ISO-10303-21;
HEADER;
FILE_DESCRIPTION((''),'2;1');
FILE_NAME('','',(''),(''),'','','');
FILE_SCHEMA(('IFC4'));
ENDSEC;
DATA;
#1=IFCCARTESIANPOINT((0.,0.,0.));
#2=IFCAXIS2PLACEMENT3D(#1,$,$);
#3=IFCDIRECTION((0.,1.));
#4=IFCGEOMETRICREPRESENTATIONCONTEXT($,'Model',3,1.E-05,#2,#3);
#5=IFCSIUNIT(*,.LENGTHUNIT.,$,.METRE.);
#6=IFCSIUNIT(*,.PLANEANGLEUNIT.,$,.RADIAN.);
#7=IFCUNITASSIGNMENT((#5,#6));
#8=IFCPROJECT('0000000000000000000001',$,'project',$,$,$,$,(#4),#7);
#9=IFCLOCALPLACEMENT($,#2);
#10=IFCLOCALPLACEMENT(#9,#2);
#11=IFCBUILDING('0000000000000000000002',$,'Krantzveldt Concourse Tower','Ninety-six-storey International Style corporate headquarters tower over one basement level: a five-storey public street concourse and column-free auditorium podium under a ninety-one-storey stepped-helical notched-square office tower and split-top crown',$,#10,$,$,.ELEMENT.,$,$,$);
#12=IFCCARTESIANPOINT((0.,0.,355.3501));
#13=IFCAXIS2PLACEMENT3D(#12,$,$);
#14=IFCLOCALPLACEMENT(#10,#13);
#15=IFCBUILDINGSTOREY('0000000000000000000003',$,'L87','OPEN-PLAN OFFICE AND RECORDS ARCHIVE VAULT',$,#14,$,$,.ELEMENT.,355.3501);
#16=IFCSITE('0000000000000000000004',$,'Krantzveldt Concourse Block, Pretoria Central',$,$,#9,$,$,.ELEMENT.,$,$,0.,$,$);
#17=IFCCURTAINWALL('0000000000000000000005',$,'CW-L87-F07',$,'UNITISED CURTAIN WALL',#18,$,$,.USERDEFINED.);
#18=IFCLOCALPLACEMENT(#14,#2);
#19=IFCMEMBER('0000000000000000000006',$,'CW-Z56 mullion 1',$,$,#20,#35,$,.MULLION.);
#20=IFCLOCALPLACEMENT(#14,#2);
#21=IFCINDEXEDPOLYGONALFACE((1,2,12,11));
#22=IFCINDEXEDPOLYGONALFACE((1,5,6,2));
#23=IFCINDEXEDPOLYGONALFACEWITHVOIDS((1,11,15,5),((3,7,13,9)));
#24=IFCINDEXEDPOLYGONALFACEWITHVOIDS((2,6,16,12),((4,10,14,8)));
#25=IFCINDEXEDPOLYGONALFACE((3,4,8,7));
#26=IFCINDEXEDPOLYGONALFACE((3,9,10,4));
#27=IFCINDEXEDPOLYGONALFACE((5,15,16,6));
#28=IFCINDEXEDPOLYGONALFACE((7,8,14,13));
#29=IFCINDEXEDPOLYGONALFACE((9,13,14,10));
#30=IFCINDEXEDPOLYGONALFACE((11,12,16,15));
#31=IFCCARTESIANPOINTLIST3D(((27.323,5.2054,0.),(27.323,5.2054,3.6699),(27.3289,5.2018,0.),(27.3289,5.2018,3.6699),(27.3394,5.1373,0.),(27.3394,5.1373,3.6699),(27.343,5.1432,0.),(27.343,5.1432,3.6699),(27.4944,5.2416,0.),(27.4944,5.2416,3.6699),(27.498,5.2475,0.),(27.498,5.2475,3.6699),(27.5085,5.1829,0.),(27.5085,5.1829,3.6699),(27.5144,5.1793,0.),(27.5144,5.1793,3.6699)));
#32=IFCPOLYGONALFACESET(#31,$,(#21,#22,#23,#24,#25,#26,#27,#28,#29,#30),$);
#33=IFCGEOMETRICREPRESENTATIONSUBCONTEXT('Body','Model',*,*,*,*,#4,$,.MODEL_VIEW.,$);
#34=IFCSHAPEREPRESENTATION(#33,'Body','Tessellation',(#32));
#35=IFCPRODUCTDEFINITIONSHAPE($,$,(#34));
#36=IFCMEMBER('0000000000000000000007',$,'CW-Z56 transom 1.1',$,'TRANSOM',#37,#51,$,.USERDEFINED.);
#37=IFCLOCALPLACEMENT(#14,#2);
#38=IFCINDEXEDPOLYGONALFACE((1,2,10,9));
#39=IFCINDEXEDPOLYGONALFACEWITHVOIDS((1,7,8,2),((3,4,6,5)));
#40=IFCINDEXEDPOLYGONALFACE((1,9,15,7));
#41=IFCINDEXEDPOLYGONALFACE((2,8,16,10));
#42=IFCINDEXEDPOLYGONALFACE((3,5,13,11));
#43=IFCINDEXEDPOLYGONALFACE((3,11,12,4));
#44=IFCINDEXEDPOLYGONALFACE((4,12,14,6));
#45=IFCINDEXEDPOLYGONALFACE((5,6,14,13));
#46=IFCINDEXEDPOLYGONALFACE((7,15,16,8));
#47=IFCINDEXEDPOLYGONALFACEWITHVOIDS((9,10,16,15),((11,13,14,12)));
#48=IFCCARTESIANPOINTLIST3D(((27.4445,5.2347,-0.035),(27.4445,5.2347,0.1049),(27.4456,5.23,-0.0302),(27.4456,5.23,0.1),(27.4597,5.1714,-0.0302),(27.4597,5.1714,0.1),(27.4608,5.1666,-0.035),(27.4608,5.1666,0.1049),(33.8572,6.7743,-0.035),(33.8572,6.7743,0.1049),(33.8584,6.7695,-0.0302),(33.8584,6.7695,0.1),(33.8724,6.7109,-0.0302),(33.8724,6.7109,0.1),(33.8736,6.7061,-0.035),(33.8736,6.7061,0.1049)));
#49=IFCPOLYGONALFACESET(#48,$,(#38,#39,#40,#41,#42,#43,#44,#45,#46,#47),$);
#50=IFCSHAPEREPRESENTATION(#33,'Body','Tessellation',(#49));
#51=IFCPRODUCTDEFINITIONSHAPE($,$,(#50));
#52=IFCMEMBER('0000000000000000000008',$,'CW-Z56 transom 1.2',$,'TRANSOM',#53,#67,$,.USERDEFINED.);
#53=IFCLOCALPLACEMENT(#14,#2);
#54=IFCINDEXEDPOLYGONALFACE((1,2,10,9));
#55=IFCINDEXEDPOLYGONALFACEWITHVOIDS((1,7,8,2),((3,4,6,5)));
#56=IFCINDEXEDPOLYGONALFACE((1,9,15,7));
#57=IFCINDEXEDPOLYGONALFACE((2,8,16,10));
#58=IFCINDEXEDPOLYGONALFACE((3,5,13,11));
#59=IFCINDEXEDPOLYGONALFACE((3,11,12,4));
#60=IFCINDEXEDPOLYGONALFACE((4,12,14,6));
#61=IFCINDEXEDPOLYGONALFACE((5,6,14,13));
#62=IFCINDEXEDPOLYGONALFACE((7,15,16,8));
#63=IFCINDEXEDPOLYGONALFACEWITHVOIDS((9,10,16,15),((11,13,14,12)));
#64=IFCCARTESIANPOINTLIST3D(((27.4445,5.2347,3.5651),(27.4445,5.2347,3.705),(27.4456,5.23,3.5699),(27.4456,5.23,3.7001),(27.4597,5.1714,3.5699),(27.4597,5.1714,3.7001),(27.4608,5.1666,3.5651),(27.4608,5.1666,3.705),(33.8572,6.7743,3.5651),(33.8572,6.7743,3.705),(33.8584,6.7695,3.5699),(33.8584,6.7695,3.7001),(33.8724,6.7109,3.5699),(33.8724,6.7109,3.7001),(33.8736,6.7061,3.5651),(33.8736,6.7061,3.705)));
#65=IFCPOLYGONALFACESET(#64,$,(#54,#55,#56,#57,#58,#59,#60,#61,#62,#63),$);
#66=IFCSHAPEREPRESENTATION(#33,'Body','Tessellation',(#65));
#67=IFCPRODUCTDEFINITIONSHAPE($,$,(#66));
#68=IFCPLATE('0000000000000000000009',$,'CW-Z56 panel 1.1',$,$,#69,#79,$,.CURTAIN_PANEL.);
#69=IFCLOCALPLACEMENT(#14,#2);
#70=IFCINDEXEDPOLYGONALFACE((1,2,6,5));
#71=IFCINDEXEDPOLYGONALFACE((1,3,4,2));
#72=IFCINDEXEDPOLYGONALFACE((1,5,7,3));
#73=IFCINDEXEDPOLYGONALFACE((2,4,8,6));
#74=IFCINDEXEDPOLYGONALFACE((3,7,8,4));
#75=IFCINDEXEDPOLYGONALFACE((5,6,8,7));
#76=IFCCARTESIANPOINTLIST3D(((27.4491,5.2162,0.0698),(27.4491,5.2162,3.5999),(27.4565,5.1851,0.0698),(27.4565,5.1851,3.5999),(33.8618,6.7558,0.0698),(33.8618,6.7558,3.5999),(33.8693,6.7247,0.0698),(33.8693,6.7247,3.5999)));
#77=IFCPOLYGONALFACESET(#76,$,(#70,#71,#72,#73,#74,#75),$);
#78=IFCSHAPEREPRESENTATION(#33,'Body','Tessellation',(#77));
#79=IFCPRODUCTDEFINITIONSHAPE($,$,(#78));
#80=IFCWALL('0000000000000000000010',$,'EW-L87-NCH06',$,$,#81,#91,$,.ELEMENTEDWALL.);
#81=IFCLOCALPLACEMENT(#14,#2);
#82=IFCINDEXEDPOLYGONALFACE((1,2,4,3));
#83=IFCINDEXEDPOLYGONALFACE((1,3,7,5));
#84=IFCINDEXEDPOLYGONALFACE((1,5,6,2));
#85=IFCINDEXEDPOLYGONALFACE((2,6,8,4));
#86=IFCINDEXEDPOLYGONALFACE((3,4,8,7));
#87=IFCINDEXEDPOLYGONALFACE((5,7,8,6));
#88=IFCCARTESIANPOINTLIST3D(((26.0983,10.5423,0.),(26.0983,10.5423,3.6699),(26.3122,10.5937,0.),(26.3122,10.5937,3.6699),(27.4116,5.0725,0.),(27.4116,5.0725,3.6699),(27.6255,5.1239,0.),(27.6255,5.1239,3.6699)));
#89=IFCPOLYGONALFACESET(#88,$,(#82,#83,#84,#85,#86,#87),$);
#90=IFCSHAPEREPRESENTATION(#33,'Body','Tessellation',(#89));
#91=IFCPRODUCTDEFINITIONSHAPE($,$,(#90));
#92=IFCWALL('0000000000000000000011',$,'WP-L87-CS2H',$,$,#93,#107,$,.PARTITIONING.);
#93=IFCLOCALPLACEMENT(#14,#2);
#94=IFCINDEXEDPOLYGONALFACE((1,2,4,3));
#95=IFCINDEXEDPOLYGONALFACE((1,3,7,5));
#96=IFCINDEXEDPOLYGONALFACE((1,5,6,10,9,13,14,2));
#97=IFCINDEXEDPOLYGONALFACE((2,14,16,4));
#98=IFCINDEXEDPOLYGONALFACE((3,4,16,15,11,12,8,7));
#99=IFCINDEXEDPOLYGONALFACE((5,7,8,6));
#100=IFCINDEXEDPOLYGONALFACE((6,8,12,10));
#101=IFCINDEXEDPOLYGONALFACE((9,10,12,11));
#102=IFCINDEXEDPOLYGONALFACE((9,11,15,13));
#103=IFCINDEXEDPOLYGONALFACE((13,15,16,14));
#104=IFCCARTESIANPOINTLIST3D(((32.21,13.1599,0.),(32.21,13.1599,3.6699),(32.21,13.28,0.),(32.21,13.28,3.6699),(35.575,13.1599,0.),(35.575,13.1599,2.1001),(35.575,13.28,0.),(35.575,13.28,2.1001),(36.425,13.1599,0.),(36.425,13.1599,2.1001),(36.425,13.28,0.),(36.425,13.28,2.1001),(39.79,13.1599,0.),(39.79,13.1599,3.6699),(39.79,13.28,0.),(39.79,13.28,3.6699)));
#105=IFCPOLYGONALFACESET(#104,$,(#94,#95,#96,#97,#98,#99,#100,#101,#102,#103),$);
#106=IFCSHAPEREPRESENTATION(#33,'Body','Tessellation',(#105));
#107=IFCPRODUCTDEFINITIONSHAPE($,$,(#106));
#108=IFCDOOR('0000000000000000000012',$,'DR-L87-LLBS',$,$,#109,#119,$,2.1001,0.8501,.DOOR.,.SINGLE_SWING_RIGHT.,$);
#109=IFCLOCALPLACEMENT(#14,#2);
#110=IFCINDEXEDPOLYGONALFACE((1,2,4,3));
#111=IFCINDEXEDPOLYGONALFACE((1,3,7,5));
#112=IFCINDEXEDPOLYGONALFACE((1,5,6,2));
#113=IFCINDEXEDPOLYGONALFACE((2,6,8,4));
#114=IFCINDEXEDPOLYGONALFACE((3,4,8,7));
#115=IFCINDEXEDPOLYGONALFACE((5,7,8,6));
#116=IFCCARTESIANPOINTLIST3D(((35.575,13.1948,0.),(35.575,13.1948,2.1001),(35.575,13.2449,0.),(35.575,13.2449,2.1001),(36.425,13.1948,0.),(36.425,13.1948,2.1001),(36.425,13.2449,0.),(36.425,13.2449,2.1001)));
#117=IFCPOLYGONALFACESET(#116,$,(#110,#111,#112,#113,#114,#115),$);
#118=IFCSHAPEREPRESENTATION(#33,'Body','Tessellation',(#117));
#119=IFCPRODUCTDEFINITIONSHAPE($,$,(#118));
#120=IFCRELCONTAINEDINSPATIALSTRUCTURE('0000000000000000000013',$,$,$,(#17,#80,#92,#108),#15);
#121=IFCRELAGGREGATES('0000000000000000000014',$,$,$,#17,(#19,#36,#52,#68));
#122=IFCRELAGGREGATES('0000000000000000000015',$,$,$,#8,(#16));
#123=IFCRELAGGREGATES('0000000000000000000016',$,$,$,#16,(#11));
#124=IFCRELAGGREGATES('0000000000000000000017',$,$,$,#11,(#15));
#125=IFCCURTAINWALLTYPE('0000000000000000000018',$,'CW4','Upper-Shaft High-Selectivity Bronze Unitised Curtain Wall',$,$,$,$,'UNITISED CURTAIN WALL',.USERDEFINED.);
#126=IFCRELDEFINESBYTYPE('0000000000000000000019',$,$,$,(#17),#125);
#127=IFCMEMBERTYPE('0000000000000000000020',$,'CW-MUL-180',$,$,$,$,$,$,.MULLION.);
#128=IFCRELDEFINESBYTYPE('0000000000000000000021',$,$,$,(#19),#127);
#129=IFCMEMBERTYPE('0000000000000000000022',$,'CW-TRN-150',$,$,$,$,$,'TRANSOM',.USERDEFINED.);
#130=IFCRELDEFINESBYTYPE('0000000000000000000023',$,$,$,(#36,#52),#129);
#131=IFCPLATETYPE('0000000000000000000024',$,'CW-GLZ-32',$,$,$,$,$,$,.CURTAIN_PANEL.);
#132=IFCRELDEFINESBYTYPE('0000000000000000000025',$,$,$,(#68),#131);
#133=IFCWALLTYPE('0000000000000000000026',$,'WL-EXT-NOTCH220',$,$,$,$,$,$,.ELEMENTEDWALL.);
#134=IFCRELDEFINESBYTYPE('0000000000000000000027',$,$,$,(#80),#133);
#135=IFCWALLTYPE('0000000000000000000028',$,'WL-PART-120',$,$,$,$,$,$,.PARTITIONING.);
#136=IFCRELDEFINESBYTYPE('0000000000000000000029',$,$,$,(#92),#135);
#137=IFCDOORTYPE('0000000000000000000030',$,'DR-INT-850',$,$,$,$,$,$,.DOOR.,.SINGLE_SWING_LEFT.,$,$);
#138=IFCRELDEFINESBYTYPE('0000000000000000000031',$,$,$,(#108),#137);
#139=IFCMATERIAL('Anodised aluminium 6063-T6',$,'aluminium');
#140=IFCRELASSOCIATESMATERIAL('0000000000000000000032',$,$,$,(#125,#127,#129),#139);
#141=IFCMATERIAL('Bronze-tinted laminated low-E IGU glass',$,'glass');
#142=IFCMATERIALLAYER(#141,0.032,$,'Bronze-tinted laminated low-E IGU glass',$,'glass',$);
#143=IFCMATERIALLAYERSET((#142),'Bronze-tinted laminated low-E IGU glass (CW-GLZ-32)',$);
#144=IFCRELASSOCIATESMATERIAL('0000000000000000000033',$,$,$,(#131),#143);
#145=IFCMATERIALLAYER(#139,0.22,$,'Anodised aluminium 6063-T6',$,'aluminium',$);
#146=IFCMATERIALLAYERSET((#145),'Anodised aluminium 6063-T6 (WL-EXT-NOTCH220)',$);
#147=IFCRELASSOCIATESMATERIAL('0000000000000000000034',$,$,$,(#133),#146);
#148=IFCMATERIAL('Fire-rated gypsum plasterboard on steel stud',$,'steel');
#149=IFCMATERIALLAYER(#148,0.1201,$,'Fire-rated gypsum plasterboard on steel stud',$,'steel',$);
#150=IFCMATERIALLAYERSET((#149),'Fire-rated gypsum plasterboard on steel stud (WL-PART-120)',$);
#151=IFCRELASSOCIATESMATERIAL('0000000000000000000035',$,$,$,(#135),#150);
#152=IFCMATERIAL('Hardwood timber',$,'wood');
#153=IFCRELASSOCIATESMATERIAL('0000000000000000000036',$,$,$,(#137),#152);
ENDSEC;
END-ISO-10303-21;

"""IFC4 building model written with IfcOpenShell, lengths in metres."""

from ifc_helpers import new_model, si_unit, direction, frame, frame_2d, origin, origin_2d, place, context, subcontext, project, spatial, rectangle, hollow_rectangle, extrude, source, transform, mapped, material, layer, layer_set, material_profile, profile_set, type_object, type_shapes, element, fill, aggregate, save


model = new_model("IFC4")

# Units and contexts
model_context = context("Model", 3, precision=1e-05, world=origin(), true_north=direction((0.0, 1.0)))
body_context = subcontext(model_context, "Body", "Model", "MODEL_VIEW")
ifc_project = project(units=[si_unit("LENGTHUNIT", "METRE"), si_unit("PLANEANGLEUNIT", "RADIAN")], contexts=[model_context])

# Site, building, storey
site_placement = place(None, origin())
site = spatial("IfcSite", under=ifc_project, at=site_placement, Name="Krantzveldt Concourse Block, Pretoria Central", CompositionType="ELEMENT", RefElevation=0.0)
building_placement = place(site_placement, origin())
building = spatial("IfcBuilding", under=site, at=building_placement, Name="Krantzveldt Concourse Tower", Description="Ninety-six-storey International Style corporate headquarters tower over one basement level: a five-storey public street concourse and column-free auditorium podium under a ninety-one-storey stepped-helical notched-square office tower and split-top crown", CompositionType="ELEMENT")
storey_placement = place(building_placement, frame((0.0, 0.0, 355.3501)))
storey = spatial("IfcBuildingStorey", under=building, at=storey_placement, Name="L87", Description="OPEN-PLAN OFFICE AND RECORDS ARCHIVE VAULT", CompositionType="ELEMENT", Elevation=355.3501)

# Curtain wall, members, plate
ifc_material_1 = material(Name="Anodised aluminium 6063-T6", Category="aluminium")
curtain_wall_type = type_object("IfcCurtainWallType", Name="CW4", Description="Upper-Shaft High-Selectivity Bronze Unitised Curtain Wall", ElementType="UNITISED CURTAIN WALL", PredefinedType="USERDEFINED", material=ifc_material_1)
curtain_wall_placement = place(storey_placement, origin())
curtain_wall = element("IfcCurtainWall", 1, at=curtain_wall_placement, inside=storey, type_object=curtain_wall_type, Name="CW-L87-F07", ObjectType="UNITISED CURTAIN WALL", PredefinedType="USERDEFINED")
ifc_material_profile_1 = material_profile(ifc_material_1, hollow_rectangle(XDim=0.0701, YDim=0.1799, WallThickness=0.0049, at=origin_2d()), Name="Anodised aluminium 6063-T6", Category="aluminium")
ifc_profile_set_1 = profile_set([ifc_material_profile_1], Name="Anodised aluminium 6063-T6 - ALU-MULL 180x70x5")
member_type_1 = type_object("IfcMemberType", Name="CW-MUL-180", PredefinedType="MULLION", material=ifc_profile_set_1)
shared_shape_1 = source(origin(), body_context, "Body", "SweptSolid", [
    extrude(hollow_rectangle(XDim=0.0701, YDim=0.1799, WallThickness=0.0049, at=origin_2d()), origin(), (0.0, 0.0, 1.0), 3.6699),
])
type_shapes(member_type_1, [shared_shape_1])
member_1_placement = place(storey_placement, frame((27.4187, 5.1924, 0.0), z_axis=(0.0, 0.0, 1.0), x_axis=(-0.233445, 0.97237, 0.0)))
member_1 = element("IfcMember", 2, at=member_1_placement, type_object=member_type_1, Name="CW-Z56 mullion 1", PredefinedType="MULLION", context=body_context, shape_type="MappedRepresentation", body=[
    mapped(shared_shape_1, transform((0.0, 0.0, 0.0), x_axis=(1.0, 0.0, 0.0), y_axis=(0.0, 1.0, 0.0), z_axis=(0.0, 0.0, 1.0), scale=1.0)),
])
ifc_material_profile_2 = material_profile(ifc_material_1, hollow_rectangle(XDim=0.0701, YDim=0.1399, WallThickness=0.0049, at=origin_2d()), Name="Anodised aluminium 6063-T6", Category="aluminium")
ifc_profile_set_2 = profile_set([ifc_material_profile_2], Name="Anodised aluminium 6063-T6 - ALU-TRAN 140x70x5")
member_type_2 = type_object("IfcMemberType", Name="CW-TRN-150", ElementType="TRANSOM", PredefinedType="USERDEFINED", material=ifc_profile_set_2)
shared_shape_2 = source(origin(), body_context, "Body", "SweptSolid", [
    extrude(hollow_rectangle(XDim=0.0701, YDim=0.1399, WallThickness=0.0049, at=origin_2d()), origin(), (0.0, 0.0, 1.0), 6.595),
])
type_shapes(member_type_2, [shared_shape_2])
member_2_placement = place(storey_placement, frame((27.4526, 5.2007, 0.0349), z_axis=(0.972371, 0.23344, 0.0), x_axis=(-0.23344, 0.972371, 0.0)))
member_2 = element("IfcMember", 3, at=member_2_placement, type_object=member_type_2, Name="CW-Z56 transom 1.1", ObjectType="TRANSOM", PredefinedType="USERDEFINED", context=body_context, shape_type="MappedRepresentation", body=[
    mapped(shared_shape_2, transform((0.0, 0.0, 0.0), x_axis=(1.0, 0.0, 0.0), y_axis=(0.0, 1.0, 0.0), z_axis=(0.0, 0.0, 1.0), scale=1.0)),
])
member_3_placement = place(storey_placement, frame((27.4526, 5.2007, 3.635), z_axis=(0.972371, 0.23344, 0.0), x_axis=(-0.23344, 0.972371, 0.0)))
member_3 = element("IfcMember", 4, at=member_3_placement, type_object=member_type_2, Name="CW-Z56 transom 1.2", ObjectType="TRANSOM", PredefinedType="USERDEFINED", context=body_context, shape_type="MappedRepresentation", body=[
    mapped(shared_shape_2, transform((0.0, 0.0, 0.0), x_axis=(1.0, 0.0, 0.0), y_axis=(0.0, 1.0, 0.0), z_axis=(0.0, 0.0, 1.0), scale=1.0)),
])
ifc_material_2 = material(Name="Bronze-tinted laminated low-E IGU glass", Category="glass")
ifc_layer_1 = layer(ifc_material_2, 0.032, Name="Bronze-tinted laminated low-E IGU glass", Category="glass")
ifc_layer_set_1 = layer_set([ifc_layer_1], Name="Bronze-tinted laminated low-E IGU glass (CW-GLZ-32)")
plate_type = type_object("IfcPlateType", Name="CW-GLZ-32", PredefinedType="CURTAIN_PANEL", material=ifc_layer_set_1)
shared_shape_3 = source(origin(), body_context, "Body", "SweptSolid", [
    extrude(rectangle(XDim=6.595, YDim=0.032, at=origin_2d()), origin(), (0.0, 0.0, 1.0), 3.53),
])
type_shapes(plate_type, [shared_shape_3])
plate_placement = place(storey_placement, frame((30.6592, 5.9705, 0.0698), z_axis=(0.0, 0.0, 1.0), x_axis=(0.97237, 0.233445, 0.0)))
plate = element("IfcPlate", 5, at=plate_placement, type_object=plate_type, Name="CW-Z56 panel 1.1", PredefinedType="CURTAIN_PANEL", context=body_context, shape_type="MappedRepresentation", body=[
    mapped(shared_shape_3, transform((0.0, 0.0, 0.0), x_axis=(1.0, 0.0, 0.0), y_axis=(0.0, 1.0, 0.0), z_axis=(0.0, 0.0, 1.0), scale=1.0)),
])
aggregate(curtain_wall, [member_1, member_2, member_3, plate])

# Wall
ifc_layer_2 = layer(ifc_material_1, 0.22, Name="Anodised aluminium 6063-T6", Category="aluminium")
ifc_layer_set_2 = layer_set([ifc_layer_2], Name="Anodised aluminium 6063-T6 (WL-EXT-NOTCH220)")
wall_type_1 = type_object("IfcWallType", Name="WL-EXT-NOTCH220", PredefinedType="ELEMENTEDWALL", material=ifc_layer_set_2)
wall_1_placement = place(storey_placement, frame((26.2053, 10.5679, 0.0), z_axis=(0.0, 0.0, 1.0), x_axis=(0.233457, -0.972367, 0.0)))
element("IfcWall", 6, at=wall_1_placement, inside=storey, type_object=wall_type_1, Name="EW-L87-NCH06", PredefinedType="ELEMENTEDWALL", context=body_context, shape_type="SweptSolid", body=[
    extrude(rectangle(XDim=5.6252, YDim=0.22, at=frame_2d((2.8125, 0.0))), origin(), (0.0, 0.0, 1.0), 3.6699),
])

# Wall, opening, door
ifc_material_3 = material(Name="Fire-rated gypsum plasterboard on steel stud", Category="steel")
ifc_layer_3 = layer(ifc_material_3, 0.1201, Name="Fire-rated gypsum plasterboard on steel stud", Category="steel")
ifc_layer_set_3 = layer_set([ifc_layer_3], Name="Fire-rated gypsum plasterboard on steel stud (WL-PART-120)")
wall_type_2 = type_object("IfcWallType", Name="WL-PART-120", PredefinedType="PARTITIONING", material=ifc_layer_set_3)
wall_2_placement = place(storey_placement, frame((32.21, 13.22, 0.0), z_axis=(0.0, 0.0, 1.0), x_axis=(1.0, 0.0, 0.0)))
wall_2 = element("IfcWall", 7, at=wall_2_placement, inside=storey, type_object=wall_type_2, Name="WP-L87-CS2H", PredefinedType="PARTITIONING", context=body_context, shape_type="SweptSolid", body=[
    extrude(rectangle(XDim=7.5801, YDim=0.1201, at=frame_2d((3.79, 0.0))), origin(), (0.0, 0.0, 1.0), 3.6699),
])
opening_1_placement = place(wall_2_placement, frame((3.365, 0.0, 0.0)))
opening_1 = element("IfcOpeningElement", 8, at=opening_1_placement, cuts=wall_2, PredefinedType="OPENING", context=body_context, shape_type="SweptSolid", body=[
    extrude(rectangle(XDim=0.8501, YDim=2.1001, at=frame_2d((0.425, 1.05))), frame((0.0, 0.0701, 0.0), z_axis=(0.0, -1.0, 0.0), x_axis=(1.0, 0.0, 0.0)), (0.0, 0.0, 1.0), 0.1401),
])
ifc_material_4 = material(Name="Hardwood timber", Category="wood")
door_type_1 = type_object("IfcDoorType", Name="DR-INT-850", OperationType="SINGLE_SWING_LEFT", PredefinedType="DOOR", material=ifc_material_4)
door_1_placement = place(opening_1_placement, origin())
door_1 = element("IfcDoor", 9, at=door_1_placement, inside=storey, type_object=door_type_1, Name="DR-L87-LLBS", OperationType="SINGLE_SWING_RIGHT", OverallHeight=2.1001, OverallWidth=0.8501, PredefinedType="DOOR", context=body_context, shape_type="SweptSolid", body=[
    extrude(rectangle(XDim=0.8501, YDim=2.1001, at=frame_2d((0.425, 1.05))), frame((0.0, 0.0249, 0.0), z_axis=(0.0, -1.0, 0.0), x_axis=(1.0, 0.0, 0.0)), (0.0, 0.0, 1.0), 0.05),
])
fill(opening_1, door_1)

save(model, "model.ifc")
